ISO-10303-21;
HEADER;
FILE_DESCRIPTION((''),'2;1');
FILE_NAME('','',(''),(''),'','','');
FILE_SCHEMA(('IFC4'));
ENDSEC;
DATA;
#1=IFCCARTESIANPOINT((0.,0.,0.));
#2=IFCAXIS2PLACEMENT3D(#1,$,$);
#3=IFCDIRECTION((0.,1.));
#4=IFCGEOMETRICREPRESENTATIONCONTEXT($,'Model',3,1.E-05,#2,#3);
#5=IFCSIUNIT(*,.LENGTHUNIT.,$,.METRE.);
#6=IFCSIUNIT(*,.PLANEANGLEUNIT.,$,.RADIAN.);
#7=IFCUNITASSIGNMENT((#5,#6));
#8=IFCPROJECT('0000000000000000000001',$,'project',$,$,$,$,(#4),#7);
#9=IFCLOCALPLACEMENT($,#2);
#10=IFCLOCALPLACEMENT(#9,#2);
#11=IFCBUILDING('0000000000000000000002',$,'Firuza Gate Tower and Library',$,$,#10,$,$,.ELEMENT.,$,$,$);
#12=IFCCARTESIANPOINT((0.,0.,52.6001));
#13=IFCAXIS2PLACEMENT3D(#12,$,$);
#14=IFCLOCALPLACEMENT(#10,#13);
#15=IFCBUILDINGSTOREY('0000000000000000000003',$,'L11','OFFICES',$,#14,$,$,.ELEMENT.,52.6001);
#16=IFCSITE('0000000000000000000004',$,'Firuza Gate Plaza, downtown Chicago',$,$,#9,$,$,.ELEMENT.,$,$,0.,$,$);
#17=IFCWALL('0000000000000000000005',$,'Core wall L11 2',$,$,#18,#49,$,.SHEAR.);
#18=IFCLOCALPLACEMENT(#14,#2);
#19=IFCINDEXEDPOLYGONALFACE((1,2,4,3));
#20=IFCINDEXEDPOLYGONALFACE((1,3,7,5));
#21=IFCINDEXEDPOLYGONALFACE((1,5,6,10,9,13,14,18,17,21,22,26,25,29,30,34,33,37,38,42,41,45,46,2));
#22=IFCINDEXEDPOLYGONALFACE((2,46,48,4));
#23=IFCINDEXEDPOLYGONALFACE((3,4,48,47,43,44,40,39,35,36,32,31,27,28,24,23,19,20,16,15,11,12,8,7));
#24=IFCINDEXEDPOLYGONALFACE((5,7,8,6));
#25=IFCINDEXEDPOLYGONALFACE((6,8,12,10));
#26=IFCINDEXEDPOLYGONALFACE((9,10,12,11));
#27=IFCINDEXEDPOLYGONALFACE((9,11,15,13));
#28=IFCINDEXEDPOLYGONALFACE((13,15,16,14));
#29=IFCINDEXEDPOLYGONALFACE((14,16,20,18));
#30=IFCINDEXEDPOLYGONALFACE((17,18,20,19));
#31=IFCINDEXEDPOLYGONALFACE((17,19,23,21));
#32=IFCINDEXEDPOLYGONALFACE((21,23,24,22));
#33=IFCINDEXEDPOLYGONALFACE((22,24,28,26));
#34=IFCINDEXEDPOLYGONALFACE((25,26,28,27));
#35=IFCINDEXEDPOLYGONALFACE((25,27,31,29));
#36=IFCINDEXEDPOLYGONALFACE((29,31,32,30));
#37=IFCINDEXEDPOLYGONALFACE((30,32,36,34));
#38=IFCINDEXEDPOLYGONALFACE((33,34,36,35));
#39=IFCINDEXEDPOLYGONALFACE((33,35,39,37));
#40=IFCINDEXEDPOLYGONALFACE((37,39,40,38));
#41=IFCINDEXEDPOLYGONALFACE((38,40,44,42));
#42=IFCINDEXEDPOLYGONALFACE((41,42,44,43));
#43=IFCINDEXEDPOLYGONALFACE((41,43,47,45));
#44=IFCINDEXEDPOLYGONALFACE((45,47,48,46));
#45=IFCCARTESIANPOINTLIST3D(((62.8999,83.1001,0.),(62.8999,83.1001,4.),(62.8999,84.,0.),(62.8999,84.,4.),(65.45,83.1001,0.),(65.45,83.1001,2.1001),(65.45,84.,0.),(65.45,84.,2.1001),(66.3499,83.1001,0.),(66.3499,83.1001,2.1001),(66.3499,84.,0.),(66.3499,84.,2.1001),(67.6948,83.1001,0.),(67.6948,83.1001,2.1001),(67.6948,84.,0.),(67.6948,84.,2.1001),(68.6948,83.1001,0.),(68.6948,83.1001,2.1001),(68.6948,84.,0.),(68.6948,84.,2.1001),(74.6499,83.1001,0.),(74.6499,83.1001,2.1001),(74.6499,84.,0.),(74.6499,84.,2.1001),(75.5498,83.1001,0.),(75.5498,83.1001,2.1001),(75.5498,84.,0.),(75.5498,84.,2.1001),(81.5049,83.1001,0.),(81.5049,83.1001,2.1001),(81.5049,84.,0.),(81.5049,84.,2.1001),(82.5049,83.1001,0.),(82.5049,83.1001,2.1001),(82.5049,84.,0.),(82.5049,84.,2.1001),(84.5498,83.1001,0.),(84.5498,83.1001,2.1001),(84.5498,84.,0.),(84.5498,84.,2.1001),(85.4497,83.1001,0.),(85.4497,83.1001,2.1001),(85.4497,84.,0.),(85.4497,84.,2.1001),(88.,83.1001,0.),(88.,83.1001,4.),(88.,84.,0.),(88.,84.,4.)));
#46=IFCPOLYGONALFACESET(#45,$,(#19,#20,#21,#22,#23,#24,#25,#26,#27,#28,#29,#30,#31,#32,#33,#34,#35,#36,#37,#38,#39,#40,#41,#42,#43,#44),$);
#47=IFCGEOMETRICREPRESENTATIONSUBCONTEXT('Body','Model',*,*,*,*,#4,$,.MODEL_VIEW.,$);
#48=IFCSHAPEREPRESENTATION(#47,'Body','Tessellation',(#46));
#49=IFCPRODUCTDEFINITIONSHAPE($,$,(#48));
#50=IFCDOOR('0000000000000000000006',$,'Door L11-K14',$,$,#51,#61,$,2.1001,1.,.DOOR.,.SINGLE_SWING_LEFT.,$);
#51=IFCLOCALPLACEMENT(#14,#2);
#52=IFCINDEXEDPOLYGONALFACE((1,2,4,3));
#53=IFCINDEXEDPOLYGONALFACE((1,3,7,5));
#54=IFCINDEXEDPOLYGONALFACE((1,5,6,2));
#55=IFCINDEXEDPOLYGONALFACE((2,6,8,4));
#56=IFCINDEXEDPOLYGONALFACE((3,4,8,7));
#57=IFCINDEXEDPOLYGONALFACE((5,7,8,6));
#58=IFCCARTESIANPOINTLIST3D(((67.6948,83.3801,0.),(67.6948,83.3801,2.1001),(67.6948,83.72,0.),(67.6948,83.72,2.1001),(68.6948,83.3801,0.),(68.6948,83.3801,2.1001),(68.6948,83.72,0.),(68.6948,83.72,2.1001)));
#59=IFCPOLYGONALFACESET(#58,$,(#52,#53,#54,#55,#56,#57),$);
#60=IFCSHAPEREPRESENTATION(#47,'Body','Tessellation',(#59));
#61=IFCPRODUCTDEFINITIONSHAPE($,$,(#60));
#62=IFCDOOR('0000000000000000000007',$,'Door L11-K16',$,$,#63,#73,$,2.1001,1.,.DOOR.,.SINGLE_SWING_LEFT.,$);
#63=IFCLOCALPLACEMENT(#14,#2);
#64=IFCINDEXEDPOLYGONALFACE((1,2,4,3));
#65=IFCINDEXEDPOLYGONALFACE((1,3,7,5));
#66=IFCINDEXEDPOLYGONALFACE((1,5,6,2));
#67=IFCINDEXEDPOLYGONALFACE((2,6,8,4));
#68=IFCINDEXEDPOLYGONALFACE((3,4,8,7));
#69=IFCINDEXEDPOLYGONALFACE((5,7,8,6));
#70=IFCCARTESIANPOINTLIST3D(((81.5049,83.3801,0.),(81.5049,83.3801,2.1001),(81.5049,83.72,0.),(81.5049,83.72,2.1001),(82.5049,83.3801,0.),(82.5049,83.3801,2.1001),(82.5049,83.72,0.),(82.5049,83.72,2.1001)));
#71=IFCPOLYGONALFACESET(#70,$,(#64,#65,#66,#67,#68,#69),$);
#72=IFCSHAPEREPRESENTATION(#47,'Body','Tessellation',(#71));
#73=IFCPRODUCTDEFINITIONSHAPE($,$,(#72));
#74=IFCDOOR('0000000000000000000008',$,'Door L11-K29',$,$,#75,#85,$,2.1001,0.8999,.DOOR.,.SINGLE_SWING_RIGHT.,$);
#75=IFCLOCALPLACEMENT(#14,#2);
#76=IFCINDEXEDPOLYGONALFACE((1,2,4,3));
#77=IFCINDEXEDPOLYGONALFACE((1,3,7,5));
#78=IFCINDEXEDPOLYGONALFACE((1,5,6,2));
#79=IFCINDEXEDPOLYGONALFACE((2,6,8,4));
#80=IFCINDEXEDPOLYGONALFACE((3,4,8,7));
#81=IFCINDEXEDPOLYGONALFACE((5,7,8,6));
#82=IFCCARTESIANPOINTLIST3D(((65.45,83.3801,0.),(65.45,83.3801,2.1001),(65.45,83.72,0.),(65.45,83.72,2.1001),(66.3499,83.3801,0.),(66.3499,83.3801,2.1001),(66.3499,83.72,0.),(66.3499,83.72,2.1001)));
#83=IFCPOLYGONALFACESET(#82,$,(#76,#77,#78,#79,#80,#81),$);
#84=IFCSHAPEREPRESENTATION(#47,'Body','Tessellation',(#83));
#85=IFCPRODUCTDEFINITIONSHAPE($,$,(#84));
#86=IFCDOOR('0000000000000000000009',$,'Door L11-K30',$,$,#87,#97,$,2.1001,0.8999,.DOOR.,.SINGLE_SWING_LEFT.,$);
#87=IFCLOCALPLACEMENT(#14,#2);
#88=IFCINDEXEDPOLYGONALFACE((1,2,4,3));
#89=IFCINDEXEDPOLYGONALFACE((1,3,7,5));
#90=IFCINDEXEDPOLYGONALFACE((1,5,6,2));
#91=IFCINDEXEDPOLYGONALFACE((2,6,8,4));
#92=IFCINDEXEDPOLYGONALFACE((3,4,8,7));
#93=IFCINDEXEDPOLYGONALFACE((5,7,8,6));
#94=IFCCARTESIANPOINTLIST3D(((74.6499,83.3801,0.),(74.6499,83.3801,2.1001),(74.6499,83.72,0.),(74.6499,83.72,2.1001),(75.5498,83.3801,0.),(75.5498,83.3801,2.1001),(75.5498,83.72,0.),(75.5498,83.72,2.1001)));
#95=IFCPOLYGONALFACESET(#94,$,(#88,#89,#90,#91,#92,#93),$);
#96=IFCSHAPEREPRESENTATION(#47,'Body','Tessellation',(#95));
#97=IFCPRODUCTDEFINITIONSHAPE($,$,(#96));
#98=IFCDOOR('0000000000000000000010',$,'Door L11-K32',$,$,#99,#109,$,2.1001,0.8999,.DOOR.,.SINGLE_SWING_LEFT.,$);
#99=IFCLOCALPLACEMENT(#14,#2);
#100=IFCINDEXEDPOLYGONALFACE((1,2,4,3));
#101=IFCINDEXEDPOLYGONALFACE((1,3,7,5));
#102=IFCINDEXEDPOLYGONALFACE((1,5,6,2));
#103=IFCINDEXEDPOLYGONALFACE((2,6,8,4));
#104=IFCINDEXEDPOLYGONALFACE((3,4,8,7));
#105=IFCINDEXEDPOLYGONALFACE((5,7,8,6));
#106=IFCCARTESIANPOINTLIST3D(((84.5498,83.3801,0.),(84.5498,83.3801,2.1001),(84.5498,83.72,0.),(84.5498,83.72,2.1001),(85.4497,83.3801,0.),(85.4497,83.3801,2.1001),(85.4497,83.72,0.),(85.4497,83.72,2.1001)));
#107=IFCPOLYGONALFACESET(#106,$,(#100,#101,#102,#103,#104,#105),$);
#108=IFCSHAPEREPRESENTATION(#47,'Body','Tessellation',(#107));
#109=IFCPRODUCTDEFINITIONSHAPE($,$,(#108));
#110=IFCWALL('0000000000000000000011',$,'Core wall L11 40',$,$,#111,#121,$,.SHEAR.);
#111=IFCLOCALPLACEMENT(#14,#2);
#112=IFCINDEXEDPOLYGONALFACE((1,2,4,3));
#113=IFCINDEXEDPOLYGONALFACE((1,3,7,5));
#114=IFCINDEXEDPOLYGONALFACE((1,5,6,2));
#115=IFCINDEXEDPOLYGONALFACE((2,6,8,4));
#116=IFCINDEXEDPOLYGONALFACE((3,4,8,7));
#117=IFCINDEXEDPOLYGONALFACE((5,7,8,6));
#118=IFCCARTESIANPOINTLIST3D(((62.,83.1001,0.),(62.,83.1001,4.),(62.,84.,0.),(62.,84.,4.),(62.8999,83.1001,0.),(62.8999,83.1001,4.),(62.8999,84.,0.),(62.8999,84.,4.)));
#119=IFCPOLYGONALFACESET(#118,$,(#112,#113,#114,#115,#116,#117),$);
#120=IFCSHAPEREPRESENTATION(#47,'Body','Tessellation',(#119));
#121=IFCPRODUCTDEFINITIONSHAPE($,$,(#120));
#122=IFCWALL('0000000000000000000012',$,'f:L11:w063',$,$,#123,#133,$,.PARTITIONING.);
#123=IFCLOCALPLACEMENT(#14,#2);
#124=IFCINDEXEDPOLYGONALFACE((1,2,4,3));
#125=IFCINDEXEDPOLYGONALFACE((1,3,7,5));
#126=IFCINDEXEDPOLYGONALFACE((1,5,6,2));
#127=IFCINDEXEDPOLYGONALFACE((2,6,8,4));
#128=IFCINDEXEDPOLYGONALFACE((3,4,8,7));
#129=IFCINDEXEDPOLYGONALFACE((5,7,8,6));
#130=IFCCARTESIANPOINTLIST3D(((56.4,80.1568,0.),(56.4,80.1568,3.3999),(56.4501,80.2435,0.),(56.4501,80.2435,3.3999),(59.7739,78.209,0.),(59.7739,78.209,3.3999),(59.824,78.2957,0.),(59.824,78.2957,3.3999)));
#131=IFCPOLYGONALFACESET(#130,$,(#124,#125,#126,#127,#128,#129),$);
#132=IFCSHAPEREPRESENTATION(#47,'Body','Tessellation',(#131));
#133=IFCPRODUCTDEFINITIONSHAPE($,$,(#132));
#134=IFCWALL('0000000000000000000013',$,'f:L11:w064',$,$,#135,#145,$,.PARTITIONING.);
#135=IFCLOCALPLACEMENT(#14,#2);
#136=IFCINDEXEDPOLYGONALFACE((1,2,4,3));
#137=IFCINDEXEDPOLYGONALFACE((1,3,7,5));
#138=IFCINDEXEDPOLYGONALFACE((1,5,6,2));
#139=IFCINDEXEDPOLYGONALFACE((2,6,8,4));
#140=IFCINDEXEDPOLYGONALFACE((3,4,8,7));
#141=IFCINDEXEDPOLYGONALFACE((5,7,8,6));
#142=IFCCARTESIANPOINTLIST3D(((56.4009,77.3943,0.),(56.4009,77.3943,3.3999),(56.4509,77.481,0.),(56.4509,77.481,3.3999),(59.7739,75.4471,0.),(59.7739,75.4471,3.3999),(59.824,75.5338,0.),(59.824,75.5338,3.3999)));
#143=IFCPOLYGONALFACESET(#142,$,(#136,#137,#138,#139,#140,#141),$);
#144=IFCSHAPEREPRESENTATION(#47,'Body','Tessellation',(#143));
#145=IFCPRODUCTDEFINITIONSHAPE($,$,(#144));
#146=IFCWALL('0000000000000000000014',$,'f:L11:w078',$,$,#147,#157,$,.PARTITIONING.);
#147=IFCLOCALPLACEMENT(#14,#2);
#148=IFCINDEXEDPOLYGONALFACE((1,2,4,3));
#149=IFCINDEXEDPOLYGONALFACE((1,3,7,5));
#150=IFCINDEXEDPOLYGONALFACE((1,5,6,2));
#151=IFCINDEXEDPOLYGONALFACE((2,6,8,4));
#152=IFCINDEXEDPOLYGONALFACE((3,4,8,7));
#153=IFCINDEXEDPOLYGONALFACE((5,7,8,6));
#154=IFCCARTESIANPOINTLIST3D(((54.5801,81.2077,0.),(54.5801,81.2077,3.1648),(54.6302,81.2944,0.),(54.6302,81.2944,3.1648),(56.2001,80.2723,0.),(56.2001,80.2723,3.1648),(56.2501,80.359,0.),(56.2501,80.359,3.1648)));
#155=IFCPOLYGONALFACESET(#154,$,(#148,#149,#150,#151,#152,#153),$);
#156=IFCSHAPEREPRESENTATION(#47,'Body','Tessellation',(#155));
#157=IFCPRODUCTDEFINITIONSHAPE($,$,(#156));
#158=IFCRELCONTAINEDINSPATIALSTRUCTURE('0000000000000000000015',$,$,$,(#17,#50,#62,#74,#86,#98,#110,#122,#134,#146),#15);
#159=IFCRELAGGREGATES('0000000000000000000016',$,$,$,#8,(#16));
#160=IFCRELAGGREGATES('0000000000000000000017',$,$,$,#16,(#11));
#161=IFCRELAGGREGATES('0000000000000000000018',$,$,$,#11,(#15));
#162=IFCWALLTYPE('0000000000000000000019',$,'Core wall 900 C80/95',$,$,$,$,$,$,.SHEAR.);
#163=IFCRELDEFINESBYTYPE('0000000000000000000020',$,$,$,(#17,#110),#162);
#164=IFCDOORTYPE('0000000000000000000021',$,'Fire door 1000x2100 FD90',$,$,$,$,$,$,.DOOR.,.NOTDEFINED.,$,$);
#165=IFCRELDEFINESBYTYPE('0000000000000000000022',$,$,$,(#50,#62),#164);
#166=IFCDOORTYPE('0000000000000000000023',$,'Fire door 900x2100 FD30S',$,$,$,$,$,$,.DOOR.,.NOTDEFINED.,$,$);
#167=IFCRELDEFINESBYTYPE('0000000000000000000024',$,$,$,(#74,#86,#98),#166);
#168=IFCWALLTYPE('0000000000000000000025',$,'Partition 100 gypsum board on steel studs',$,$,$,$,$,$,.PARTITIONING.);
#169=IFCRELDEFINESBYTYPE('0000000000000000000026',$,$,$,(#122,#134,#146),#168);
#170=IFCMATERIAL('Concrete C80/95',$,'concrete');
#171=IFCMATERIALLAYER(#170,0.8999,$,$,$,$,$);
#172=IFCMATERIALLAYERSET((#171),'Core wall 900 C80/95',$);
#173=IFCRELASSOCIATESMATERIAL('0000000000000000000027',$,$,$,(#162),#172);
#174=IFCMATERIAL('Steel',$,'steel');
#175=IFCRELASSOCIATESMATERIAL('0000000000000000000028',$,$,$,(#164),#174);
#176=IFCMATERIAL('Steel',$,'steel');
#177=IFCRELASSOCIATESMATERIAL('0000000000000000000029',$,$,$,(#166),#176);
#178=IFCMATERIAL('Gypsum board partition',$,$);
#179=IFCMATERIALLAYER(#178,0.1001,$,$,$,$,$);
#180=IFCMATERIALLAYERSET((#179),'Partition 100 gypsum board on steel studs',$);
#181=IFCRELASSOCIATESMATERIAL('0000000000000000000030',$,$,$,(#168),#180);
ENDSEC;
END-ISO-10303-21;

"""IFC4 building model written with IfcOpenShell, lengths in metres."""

from ifc_helpers import new_model, si_unit, direction, frame, frame_2d, origin, place, context, subcontext, project, spatial, rectangle, extrude, material, layer, layer_set, type_object, element, fill, save


model = new_model("IFC4")

# Units and contexts
model_context = context("Model", 3, precision=1e-05, world=origin(), true_north=direction((0.0, 1.0)))
body_context = subcontext(model_context, "Body", "Model", "MODEL_VIEW")
ifc_project = project(units=[si_unit("LENGTHUNIT", "METRE"), si_unit("PLANEANGLEUNIT", "RADIAN")], contexts=[model_context])

# Site, building, storey
site_placement = place(None, origin())
site = spatial("IfcSite", under=ifc_project, at=site_placement, Name="Firuza Gate Plaza, downtown Chicago", CompositionType="ELEMENT", RefElevation=0.0)
building_placement = place(site_placement, origin())
building = spatial("IfcBuilding", under=site, at=building_placement, Name="Firuza Gate Tower and Library", CompositionType="ELEMENT")
storey_placement = place(building_placement, frame((0.0, 0.0, 52.6001)))
storey = spatial("IfcBuildingStorey", under=building, at=storey_placement, Name="L11", Description="OFFICES", CompositionType="ELEMENT", Elevation=52.6001)

# Wall, openings, doors
ifc_material_1 = material(Name="Concrete C80/95", Category="concrete")
ifc_layer_1 = layer(ifc_material_1, 0.8999)
ifc_layer_set_1 = layer_set([ifc_layer_1], Name="Core wall 900 C80/95")
wall_type_1 = type_object("IfcWallType", Name="Core wall 900 C80/95", PredefinedType="SHEAR", material=ifc_layer_set_1)
wall_1_placement = place(storey_placement, frame((62.8999, 83.55, 0.0), z_axis=(0.0, 0.0, 1.0), x_axis=(1.0, 0.0, 0.0)))
wall_1 = element("IfcWall", 1, at=wall_1_placement, inside=storey, type_object=wall_type_1, Name="Core wall L11 2", PredefinedType="SHEAR", context=body_context, shape_type="SweptSolid", body=[
    extrude(rectangle(XDim=25.1001, YDim=0.8999, at=frame_2d((12.55, 0.0))), origin(), (0.0, 0.0, 1.0), 4.0),
])
opening_1_placement = place(wall_1_placement, frame((4.7949, 0.0, 0.0)))
opening_1 = element("IfcOpeningElement", 2, at=opening_1_placement, cuts=wall_1, PredefinedType="OPENING", context=body_context, shape_type="SweptSolid", body=[
    extrude(rectangle(XDim=1.0, YDim=2.1001, at=frame_2d((0.5, 1.05))), frame((0.0, 0.46, 0.0), z_axis=(0.0, -1.0, 0.0), x_axis=(1.0, 0.0, 0.0)), (0.0, 0.0, 1.0), 0.9199),
])
opening_2_placement = place(wall_1_placement, frame((18.605, 0.0, 0.0)))
opening_2 = element("IfcOpeningElement", 3, at=opening_2_placement, cuts=wall_1, PredefinedType="OPENING", context=body_context, shape_type="SweptSolid", body=[
    extrude(rectangle(XDim=1.0, YDim=2.1001, at=frame_2d((0.5, 1.05))), frame((0.0, 0.46, 0.0), z_axis=(0.0, -1.0, 0.0), x_axis=(1.0, 0.0, 0.0)), (0.0, 0.0, 1.0), 0.9199),
])
opening_3_placement = place(wall_1_placement, frame((2.55, 0.0, 0.0)))
opening_3 = element("IfcOpeningElement", 4, at=opening_3_placement, cuts=wall_1, PredefinedType="OPENING", context=body_context, shape_type="SweptSolid", body=[
    extrude(rectangle(XDim=0.8999, YDim=2.1001, at=frame_2d((0.45, 1.05))), frame((0.0, 0.46, 0.0), z_axis=(0.0, -1.0, 0.0), x_axis=(1.0, 0.0, 0.0)), (0.0, 0.0, 1.0), 0.9199),
])
opening_4_placement = place(wall_1_placement, frame((11.75, 0.0, 0.0)))
opening_4 = element("IfcOpeningElement", 5, at=opening_4_placement, cuts=wall_1, PredefinedType="OPENING", context=body_context, shape_type="SweptSolid", body=[
    extrude(rectangle(XDim=0.8999, YDim=2.1001, at=frame_2d((0.45, 1.05))), frame((0.0, 0.46, 0.0), z_axis=(0.0, -1.0, 0.0), x_axis=(1.0, 0.0, 0.0)), (0.0, 0.0, 1.0), 0.9199),
])
opening_5_placement = place(wall_1_placement, frame((21.6499, 0.0, 0.0)))
opening_5 = element("IfcOpeningElement", 6, at=opening_5_placement, cuts=wall_1, PredefinedType="OPENING", context=body_context, shape_type="SweptSolid", body=[
    extrude(rectangle(XDim=0.8999, YDim=2.1001, at=frame_2d((0.45, 1.05))), frame((0.0, 0.46, 0.0), z_axis=(0.0, -1.0, 0.0), x_axis=(1.0, 0.0, 0.0)), (0.0, 0.0, 1.0), 0.9199),
])
ifc_material_2 = material(Name="Steel", Category="steel")
door_type_1 = type_object("IfcDoorType", Name="Fire door 1000x2100 FD90", OperationType="NOTDEFINED", PredefinedType="DOOR", material=ifc_material_2)
door_1_placement = place(opening_1_placement, origin())
door_1 = element("IfcDoor", 7, at=door_1_placement, inside=storey, type_object=door_type_1, Name="Door L11-K14", OperationType="SINGLE_SWING_LEFT", OverallHeight=2.1001, OverallWidth=1.0, PredefinedType="DOOR", context=body_context, shape_type="SweptSolid", body=[
    extrude(rectangle(XDim=1.0, YDim=2.1001, at=frame_2d((0.5, 1.05))), frame((0.0, 0.1699, 0.0), z_axis=(0.0, -1.0, 0.0), x_axis=(1.0, 0.0, 0.0)), (0.0, 0.0, 1.0), 0.3398),
])
fill(opening_1, door_1)
door_2_placement = place(opening_2_placement, origin())
door_2 = element("IfcDoor", 8, at=door_2_placement, inside=storey, type_object=door_type_1, Name="Door L11-K16", OperationType="SINGLE_SWING_LEFT", OverallHeight=2.1001, OverallWidth=1.0, PredefinedType="DOOR", context=body_context, shape_type="SweptSolid", body=[
    extrude(rectangle(XDim=1.0, YDim=2.1001, at=frame_2d((0.5, 1.05))), frame((0.0, 0.1699, 0.0), z_axis=(0.0, -1.0, 0.0), x_axis=(1.0, 0.0, 0.0)), (0.0, 0.0, 1.0), 0.3398),
])
fill(opening_2, door_2)
ifc_material_3 = material(Name="Steel", Category="steel")
door_type_2 = type_object("IfcDoorType", Name="Fire door 900x2100 FD30S", OperationType="NOTDEFINED", PredefinedType="DOOR", material=ifc_material_3)
door_3_placement = place(opening_3_placement, origin())
door_3 = element("IfcDoor", 9, at=door_3_placement, inside=storey, type_object=door_type_2, Name="Door L11-K29", OperationType="SINGLE_SWING_RIGHT", OverallHeight=2.1001, OverallWidth=0.8999, PredefinedType="DOOR", context=body_context, shape_type="SweptSolid", body=[
    extrude(rectangle(XDim=0.8999, YDim=2.1001, at=frame_2d((0.45, 1.05))), frame((0.0, 0.1699, 0.0), z_axis=(0.0, -1.0, 0.0), x_axis=(1.0, 0.0, 0.0)), (0.0, 0.0, 1.0), 0.3398),
])
fill(opening_3, door_3)
door_4_placement = place(opening_4_placement, origin())
door_4 = element("IfcDoor", 10, at=door_4_placement, inside=storey, type_object=door_type_2, Name="Door L11-K30", OperationType="SINGLE_SWING_LEFT", OverallHeight=2.1001, OverallWidth=0.8999, PredefinedType="DOOR", context=body_context, shape_type="SweptSolid", body=[
    extrude(rectangle(XDim=0.8999, YDim=2.1001, at=frame_2d((0.45, 1.05))), frame((0.0, 0.1699, 0.0), z_axis=(0.0, -1.0, 0.0), x_axis=(1.0, 0.0, 0.0)), (0.0, 0.0, 1.0), 0.3398),
])
fill(opening_4, door_4)
door_5_placement = place(opening_5_placement, origin())
door_5 = element("IfcDoor", 11, at=door_5_placement, inside=storey, type_object=door_type_2, Name="Door L11-K32", OperationType="SINGLE_SWING_LEFT", OverallHeight=2.1001, OverallWidth=0.8999, PredefinedType="DOOR", context=body_context, shape_type="SweptSolid", body=[
    extrude(rectangle(XDim=0.8999, YDim=2.1001, at=frame_2d((0.45, 1.05))), frame((0.0, 0.1699, 0.0), z_axis=(0.0, -1.0, 0.0), x_axis=(1.0, 0.0, 0.0)), (0.0, 0.0, 1.0), 0.3398),
])
fill(opening_5, door_5)

# Walls
wall_2_placement = place(storey_placement, frame((62.0, 83.55, 0.0), z_axis=(0.0, 0.0, 1.0), x_axis=(1.0, 0.0, 0.0)))
element("IfcWall", 12, at=wall_2_placement, inside=storey, type_object=wall_type_1, Name="Core wall L11 40", PredefinedType="SHEAR", context=body_context, shape_type="SweptSolid", body=[
    extrude(rectangle(XDim=0.8999, YDim=0.8999, at=frame_2d((0.45, 0.0))), origin(), (0.0, 0.0, 1.0), 4.0),
])
ifc_material_4 = material(Name="Gypsum board partition")
ifc_layer_2 = layer(ifc_material_4, 0.1001)
ifc_layer_set_2 = layer_set([ifc_layer_2], Name="Partition 100 gypsum board on steel studs")
wall_type_2 = type_object("IfcWallType", Name="Partition 100 gypsum board on steel studs", PredefinedType="PARTITIONING", material=ifc_layer_set_2)
wall_3_placement = place(storey_placement, frame((59.7988, 78.2524, 0.0), z_axis=(0.0, 0.0, 1.0), x_axis=(-0.866036, 0.499981, 0.0)))
element("IfcWall", 13, at=wall_3_placement, inside=storey, type_object=wall_type_2, Name="f:L11:w063", PredefinedType="PARTITIONING", context=body_context, shape_type="SweptSolid", body=[
    extrude(rectangle(XDim=3.8958, YDim=0.1001, at=frame_2d((1.9478, 0.0))), origin(), (0.0, 0.0, 1.0), 3.3999),
])
wall_4_placement = place(storey_placement, frame((59.7988, 75.4905, 0.0), z_axis=(0.0, 0.0, 1.0), x_axis=(-0.866044, 0.499968, 0.0)))
element("IfcWall", 14, at=wall_4_placement, inside=storey, type_object=wall_type_2, Name="f:L11:w064", PredefinedType="PARTITIONING", context=body_context, shape_type="SweptSolid", body=[
    extrude(rectangle(XDim=3.8948, YDim=0.1001, at=frame_2d((1.9473, 0.0))), origin(), (0.0, 0.0, 1.0), 3.3999),
])
wall_5_placement = place(storey_placement, frame((56.2251, 80.3157, 0.0), z_axis=(0.0, 0.0, 1.0), x_axis=(-0.86601, 0.500028, 0.0)))
element("IfcWall", 15, at=wall_5_placement, inside=storey, type_object=wall_type_2, Name="f:L11:w078", PredefinedType="PARTITIONING", context=body_context, shape_type="SweptSolid", body=[
    extrude(rectangle(XDim=1.8706, YDim=0.1001, at=frame_2d((0.9353, 0.0))), origin(), (0.0, 0.0, 1.0), 3.1648),
])

save(model, "model.ifc")
